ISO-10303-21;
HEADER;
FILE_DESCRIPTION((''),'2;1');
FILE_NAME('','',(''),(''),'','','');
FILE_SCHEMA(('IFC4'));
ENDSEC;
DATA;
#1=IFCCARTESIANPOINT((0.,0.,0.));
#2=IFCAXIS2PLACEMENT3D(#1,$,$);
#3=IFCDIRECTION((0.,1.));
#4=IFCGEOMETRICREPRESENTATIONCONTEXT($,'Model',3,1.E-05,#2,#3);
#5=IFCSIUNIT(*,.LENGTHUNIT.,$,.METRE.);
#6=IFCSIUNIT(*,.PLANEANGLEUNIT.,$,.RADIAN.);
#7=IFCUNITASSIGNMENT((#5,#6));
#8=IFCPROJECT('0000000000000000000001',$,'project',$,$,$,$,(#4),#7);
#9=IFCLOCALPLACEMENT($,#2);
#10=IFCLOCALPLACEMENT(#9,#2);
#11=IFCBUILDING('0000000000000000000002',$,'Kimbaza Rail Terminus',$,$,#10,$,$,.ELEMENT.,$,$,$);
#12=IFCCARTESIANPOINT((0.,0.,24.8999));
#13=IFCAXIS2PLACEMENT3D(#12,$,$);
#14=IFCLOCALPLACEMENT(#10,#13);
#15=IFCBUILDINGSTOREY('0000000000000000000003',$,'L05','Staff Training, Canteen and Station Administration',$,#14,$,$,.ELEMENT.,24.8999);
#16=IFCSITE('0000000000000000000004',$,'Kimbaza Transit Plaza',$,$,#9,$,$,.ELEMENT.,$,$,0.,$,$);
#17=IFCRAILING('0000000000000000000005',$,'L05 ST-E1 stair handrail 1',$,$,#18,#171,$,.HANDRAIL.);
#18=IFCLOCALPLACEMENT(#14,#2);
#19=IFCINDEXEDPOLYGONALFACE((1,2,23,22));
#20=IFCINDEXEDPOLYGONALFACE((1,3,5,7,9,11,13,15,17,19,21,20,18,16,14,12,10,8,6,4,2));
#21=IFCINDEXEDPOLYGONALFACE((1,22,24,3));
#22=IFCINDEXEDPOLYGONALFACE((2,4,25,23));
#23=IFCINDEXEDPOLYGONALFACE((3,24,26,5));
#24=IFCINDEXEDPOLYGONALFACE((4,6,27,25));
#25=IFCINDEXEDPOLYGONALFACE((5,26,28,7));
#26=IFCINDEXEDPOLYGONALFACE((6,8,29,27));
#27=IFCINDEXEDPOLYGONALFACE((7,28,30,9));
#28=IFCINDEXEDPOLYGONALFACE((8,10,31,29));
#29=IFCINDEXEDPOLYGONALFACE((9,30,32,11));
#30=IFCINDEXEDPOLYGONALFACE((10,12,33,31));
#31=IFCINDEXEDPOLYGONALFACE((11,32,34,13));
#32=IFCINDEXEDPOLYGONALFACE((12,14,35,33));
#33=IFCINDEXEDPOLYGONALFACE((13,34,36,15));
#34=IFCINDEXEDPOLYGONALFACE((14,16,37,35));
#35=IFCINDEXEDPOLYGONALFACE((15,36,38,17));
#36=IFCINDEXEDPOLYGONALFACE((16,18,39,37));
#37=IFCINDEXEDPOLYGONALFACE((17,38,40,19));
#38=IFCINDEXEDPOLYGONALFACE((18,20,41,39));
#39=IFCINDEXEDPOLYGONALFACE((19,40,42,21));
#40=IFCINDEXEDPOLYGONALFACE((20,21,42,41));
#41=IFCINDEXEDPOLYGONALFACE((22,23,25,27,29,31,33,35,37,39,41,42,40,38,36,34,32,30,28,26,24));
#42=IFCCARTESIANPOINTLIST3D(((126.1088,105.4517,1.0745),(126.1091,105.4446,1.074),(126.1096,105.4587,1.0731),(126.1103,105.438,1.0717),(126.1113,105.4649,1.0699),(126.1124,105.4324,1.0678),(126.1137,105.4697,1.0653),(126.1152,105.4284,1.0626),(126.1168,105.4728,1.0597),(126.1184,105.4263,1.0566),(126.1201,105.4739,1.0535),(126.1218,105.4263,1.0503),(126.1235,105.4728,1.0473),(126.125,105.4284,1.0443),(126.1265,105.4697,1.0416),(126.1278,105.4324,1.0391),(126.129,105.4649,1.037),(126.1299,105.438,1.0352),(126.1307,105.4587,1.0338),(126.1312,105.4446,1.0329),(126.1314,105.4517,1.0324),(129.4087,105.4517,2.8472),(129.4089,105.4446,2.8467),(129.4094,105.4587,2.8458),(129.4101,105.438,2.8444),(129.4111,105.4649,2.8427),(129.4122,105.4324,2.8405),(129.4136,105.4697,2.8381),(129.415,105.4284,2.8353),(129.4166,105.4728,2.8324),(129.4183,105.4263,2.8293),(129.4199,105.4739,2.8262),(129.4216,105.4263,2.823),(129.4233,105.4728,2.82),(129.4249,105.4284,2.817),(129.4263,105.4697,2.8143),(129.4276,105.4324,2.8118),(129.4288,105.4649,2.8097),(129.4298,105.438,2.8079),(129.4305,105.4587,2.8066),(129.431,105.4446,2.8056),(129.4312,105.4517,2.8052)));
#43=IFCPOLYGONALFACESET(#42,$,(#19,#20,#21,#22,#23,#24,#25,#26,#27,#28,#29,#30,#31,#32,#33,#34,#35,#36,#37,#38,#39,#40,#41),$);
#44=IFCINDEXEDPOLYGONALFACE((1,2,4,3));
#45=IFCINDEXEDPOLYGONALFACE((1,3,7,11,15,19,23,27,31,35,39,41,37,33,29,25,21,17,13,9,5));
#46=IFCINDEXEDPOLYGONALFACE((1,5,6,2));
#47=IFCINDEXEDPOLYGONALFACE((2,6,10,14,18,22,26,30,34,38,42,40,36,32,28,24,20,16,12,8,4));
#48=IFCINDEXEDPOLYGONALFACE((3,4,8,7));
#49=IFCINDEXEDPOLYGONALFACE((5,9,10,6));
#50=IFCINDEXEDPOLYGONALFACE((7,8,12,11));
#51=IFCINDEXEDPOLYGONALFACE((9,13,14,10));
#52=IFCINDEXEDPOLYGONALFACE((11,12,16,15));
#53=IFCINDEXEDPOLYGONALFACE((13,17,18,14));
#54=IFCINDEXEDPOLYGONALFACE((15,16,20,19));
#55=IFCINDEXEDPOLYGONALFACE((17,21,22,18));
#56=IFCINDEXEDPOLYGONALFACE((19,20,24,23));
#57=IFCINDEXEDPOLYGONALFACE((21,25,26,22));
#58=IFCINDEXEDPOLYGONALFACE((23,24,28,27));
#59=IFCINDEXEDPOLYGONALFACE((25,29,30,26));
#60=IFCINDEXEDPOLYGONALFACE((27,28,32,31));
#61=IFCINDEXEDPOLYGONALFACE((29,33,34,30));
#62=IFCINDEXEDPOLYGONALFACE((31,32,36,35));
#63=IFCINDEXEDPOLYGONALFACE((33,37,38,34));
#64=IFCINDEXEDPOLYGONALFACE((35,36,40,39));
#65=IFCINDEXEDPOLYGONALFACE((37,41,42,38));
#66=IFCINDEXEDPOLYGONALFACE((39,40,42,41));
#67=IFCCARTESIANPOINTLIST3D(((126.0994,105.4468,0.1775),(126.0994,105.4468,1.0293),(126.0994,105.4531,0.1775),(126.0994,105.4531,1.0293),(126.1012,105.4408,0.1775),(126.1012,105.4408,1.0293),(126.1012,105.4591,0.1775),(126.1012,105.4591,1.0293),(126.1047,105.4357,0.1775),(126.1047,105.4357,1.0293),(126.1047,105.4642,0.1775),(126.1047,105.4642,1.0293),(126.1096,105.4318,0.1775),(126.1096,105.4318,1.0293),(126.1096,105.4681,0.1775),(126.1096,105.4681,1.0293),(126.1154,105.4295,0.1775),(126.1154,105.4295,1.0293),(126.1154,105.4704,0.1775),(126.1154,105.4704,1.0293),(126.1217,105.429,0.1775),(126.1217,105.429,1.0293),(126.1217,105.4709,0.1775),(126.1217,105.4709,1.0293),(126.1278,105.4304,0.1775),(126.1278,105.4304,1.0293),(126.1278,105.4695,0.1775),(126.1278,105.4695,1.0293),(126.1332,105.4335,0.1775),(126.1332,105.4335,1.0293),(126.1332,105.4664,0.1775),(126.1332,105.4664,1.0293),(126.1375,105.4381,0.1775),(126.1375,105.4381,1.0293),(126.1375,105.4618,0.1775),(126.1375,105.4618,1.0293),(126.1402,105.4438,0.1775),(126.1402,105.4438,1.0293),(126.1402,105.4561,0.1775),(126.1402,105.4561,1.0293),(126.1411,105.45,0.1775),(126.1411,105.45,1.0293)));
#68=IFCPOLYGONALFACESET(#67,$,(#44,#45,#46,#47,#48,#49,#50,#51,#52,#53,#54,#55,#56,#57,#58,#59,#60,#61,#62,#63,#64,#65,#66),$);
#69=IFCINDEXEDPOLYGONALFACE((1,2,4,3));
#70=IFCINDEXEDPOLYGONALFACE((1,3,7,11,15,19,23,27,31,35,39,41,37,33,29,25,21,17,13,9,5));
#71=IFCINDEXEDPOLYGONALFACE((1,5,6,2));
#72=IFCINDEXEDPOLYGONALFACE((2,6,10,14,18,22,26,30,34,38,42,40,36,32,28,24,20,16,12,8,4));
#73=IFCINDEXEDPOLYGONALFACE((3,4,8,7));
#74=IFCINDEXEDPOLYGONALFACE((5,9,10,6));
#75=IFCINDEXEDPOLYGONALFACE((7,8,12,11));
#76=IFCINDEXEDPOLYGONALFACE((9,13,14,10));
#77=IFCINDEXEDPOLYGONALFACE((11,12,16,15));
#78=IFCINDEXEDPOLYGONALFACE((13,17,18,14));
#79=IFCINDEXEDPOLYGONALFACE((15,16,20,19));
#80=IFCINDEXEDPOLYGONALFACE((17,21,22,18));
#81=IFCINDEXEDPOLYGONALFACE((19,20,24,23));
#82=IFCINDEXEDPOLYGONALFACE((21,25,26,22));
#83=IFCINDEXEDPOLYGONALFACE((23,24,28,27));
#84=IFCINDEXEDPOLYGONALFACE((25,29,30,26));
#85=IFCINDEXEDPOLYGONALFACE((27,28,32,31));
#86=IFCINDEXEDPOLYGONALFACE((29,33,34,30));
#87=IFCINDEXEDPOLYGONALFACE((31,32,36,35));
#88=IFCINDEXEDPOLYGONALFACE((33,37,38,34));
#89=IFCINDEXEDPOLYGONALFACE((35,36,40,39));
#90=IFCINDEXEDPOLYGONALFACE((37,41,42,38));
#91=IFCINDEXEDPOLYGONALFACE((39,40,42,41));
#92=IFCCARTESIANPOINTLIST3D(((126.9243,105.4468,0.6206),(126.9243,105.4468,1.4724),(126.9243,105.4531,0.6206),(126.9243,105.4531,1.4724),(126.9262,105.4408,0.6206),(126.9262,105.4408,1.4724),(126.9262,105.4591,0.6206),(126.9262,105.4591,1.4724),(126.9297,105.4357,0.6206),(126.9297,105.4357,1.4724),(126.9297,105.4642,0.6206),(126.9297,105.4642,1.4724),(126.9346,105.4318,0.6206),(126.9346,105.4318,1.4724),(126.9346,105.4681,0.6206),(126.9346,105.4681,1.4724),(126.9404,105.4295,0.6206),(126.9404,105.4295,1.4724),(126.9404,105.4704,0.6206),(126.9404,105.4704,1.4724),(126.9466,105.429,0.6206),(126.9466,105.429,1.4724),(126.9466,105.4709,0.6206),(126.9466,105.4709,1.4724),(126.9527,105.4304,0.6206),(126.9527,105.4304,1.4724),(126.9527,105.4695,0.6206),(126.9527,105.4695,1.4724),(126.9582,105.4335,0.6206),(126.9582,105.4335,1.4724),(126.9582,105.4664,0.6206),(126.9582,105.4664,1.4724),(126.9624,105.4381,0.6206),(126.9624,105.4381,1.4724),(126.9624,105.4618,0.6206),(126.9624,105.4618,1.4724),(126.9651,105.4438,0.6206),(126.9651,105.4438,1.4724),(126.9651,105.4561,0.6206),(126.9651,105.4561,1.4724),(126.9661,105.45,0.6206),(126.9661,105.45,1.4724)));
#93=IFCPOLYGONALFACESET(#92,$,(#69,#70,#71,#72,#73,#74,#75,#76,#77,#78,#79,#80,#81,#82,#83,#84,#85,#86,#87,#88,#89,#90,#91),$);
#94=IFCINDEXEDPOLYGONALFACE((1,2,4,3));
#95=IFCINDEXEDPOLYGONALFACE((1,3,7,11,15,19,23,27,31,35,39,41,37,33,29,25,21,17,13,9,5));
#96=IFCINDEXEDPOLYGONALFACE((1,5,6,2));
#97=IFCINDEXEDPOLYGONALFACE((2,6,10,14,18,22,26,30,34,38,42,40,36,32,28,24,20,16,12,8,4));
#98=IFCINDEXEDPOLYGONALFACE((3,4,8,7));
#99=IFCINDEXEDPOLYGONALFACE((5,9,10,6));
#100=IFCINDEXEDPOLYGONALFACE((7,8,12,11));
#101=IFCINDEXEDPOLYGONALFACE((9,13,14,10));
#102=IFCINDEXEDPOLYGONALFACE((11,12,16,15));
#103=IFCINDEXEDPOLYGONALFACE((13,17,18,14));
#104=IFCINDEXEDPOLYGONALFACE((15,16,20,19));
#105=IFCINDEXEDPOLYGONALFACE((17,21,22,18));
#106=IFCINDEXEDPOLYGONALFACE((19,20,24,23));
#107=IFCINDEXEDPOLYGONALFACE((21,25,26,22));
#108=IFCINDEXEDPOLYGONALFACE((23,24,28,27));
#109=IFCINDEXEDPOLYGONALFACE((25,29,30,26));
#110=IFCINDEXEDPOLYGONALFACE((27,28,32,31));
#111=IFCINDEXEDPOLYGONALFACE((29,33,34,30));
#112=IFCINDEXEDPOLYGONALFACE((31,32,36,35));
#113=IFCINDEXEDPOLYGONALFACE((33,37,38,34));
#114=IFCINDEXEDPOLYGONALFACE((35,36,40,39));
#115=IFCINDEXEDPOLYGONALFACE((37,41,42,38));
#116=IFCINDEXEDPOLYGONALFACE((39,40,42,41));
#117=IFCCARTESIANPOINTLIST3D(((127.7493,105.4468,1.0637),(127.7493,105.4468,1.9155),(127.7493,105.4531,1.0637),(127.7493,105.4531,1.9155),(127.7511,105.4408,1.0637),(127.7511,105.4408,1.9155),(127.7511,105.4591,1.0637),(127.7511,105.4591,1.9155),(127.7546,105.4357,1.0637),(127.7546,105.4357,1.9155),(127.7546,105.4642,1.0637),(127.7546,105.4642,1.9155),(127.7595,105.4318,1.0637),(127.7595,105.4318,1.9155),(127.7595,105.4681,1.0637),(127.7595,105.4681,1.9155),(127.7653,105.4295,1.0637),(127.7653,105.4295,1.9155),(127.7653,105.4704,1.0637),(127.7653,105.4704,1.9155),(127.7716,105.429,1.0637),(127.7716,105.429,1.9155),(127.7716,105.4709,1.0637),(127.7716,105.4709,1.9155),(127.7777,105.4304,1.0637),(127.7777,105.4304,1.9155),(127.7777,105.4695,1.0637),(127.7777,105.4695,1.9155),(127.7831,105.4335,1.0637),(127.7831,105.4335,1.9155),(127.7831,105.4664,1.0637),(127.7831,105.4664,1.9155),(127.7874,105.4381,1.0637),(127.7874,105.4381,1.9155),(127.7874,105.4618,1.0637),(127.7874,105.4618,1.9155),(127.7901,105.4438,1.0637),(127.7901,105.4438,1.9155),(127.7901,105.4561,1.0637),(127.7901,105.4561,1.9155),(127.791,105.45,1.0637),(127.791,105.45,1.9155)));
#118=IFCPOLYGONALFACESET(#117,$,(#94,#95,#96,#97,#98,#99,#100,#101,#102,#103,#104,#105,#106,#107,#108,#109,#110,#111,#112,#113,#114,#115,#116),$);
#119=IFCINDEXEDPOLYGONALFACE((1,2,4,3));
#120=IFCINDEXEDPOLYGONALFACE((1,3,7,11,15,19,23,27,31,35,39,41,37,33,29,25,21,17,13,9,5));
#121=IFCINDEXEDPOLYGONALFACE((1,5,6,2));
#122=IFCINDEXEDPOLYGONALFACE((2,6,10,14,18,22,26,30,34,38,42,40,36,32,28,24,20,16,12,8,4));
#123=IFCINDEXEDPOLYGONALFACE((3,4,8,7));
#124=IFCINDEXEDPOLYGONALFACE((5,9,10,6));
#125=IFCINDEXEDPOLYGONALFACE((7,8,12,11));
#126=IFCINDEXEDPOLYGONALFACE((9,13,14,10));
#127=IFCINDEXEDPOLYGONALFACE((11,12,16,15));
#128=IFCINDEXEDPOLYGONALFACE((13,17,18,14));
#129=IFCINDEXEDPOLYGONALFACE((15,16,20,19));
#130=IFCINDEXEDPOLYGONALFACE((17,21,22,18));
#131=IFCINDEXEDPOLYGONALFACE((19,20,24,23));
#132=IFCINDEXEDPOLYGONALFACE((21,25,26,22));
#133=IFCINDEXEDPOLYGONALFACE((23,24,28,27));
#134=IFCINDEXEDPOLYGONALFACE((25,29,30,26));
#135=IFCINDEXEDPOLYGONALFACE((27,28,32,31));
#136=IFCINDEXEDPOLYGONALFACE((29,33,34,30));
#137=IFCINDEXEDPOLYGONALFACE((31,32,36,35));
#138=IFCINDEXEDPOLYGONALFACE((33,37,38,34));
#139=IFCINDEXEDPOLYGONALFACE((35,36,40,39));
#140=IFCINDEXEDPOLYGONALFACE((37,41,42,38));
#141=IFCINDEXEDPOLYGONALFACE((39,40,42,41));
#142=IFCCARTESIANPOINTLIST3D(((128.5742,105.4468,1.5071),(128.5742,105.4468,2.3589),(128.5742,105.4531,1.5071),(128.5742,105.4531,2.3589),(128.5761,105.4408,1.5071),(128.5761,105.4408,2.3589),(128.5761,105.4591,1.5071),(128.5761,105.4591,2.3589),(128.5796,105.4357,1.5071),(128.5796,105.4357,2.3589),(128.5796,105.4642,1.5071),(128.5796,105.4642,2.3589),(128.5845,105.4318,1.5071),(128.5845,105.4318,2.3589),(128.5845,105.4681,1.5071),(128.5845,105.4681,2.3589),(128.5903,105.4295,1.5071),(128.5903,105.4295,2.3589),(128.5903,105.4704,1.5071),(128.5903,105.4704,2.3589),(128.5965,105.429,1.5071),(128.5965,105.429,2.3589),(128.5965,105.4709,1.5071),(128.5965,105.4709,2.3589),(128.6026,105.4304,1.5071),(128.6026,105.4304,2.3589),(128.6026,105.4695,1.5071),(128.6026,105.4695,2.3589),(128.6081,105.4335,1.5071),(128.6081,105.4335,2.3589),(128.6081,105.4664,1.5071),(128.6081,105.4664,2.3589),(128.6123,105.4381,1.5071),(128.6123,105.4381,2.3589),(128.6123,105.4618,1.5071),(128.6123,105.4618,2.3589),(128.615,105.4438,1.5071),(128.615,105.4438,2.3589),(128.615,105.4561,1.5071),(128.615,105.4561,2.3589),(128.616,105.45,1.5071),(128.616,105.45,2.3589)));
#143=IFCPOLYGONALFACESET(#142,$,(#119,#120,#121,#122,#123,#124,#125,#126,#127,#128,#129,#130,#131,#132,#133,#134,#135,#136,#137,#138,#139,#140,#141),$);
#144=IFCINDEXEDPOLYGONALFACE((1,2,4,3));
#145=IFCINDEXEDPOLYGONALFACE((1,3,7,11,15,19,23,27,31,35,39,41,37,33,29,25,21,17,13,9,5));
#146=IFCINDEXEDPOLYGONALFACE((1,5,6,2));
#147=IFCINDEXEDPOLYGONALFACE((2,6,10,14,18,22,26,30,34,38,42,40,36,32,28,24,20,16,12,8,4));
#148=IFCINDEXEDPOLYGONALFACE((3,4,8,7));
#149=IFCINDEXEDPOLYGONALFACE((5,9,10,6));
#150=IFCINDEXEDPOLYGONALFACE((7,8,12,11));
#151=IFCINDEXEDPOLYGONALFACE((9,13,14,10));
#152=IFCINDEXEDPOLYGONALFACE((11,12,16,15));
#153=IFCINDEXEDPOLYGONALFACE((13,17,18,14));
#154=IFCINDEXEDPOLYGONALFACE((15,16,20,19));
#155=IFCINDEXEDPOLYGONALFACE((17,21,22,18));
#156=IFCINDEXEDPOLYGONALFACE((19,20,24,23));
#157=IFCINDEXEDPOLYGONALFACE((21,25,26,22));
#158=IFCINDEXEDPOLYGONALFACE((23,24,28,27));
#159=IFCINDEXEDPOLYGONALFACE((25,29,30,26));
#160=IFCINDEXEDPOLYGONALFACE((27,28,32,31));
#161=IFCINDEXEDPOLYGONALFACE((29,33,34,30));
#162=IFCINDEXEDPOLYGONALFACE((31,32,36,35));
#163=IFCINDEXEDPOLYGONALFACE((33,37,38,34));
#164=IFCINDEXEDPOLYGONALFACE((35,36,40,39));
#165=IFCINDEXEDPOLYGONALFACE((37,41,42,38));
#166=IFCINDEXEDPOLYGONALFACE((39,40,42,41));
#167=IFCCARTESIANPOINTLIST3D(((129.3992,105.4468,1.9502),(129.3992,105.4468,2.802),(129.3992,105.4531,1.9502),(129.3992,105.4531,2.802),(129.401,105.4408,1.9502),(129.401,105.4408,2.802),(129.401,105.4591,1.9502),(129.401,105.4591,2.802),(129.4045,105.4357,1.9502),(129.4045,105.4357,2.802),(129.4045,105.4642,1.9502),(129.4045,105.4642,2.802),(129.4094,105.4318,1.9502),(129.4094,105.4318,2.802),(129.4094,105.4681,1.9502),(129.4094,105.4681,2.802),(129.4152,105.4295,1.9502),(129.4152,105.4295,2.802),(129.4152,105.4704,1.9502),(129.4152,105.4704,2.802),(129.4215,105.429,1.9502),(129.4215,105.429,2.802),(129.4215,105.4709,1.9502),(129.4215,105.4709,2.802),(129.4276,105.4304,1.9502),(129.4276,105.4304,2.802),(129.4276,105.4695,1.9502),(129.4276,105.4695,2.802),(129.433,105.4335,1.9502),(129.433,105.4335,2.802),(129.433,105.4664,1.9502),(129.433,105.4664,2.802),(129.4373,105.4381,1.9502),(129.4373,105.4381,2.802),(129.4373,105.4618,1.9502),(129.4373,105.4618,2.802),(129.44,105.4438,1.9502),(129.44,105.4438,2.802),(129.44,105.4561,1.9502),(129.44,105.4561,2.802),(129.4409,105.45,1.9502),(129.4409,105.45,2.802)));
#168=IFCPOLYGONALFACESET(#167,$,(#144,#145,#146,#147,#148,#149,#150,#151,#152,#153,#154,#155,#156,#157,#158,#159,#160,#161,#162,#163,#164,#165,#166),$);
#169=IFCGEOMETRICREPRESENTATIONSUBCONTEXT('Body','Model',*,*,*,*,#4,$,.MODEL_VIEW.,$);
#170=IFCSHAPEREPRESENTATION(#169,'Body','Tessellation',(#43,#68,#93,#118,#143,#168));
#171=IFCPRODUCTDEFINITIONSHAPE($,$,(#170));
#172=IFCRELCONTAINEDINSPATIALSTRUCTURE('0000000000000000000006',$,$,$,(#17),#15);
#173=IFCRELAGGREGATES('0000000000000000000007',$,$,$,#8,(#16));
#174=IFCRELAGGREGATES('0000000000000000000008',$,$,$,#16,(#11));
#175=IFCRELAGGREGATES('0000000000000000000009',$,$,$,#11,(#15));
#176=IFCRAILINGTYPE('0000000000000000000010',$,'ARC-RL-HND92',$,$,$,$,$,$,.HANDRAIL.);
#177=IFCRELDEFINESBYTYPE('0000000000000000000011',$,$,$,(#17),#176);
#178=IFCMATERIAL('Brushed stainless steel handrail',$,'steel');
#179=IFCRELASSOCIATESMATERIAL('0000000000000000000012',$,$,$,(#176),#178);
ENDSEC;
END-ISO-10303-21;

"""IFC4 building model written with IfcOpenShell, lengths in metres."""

from ifc_helpers import new_model, si_unit, direction, frame, origin, origin_2d, place, context, subcontext, project, spatial, circle, extrude, material, type_object, element, save


model = new_model("IFC4")

# Units and contexts
model_context = context("Model", 3, precision=1e-05, world=origin(), true_north=direction((0.0, 1.0)))
body_context = subcontext(model_context, "Body", "Model", "MODEL_VIEW")
ifc_project = project(units=[si_unit("LENGTHUNIT", "METRE"), si_unit("PLANEANGLEUNIT", "RADIAN")], contexts=[model_context])

# Site, building, storey
site_placement = place(None, origin())
site = spatial("IfcSite", under=ifc_project, at=site_placement, Name="Kimbaza Transit Plaza", CompositionType="ELEMENT", RefElevation=0.0)
building_placement = place(site_placement, origin())
building = spatial("IfcBuilding", under=site, at=building_placement, Name="Kimbaza Rail Terminus", CompositionType="ELEMENT")
storey_placement = place(building_placement, frame((0.0, 0.0, 24.8999)))
storey = spatial("IfcBuildingStorey", under=building, at=storey_placement, Name="L05", Description="Staff Training, Canteen and Station Administration", CompositionType="ELEMENT", Elevation=24.8999)

# Railing
ifc_material_1 = material(Name="Brushed stainless steel handrail", Category="steel")
railing_type_1 = type_object("IfcRailingType", Name="ARC-RL-HND92", PredefinedType="HANDRAIL", material=ifc_material_1)
railing_1_placement = place(storey_placement, frame((126.1201, 105.45, 0.1775)))
element("IfcRailing", 1, at=railing_1_placement, inside=storey, type_object=railing_type_1, Name="L05 ST-E1 stair handrail 1", PredefinedType="HANDRAIL", context=body_context, shape_type="SweptSolid", body=[
    extrude(circle(Radius=0.0239, at=origin_2d()), frame((0.0, 0.0, 0.876), z_axis=(0.880929, 0.0, 0.473248), x_axis=(0.0, 1.0, 0.0)), (0.0, 0.0, 1.0), 3.7458),
    extrude(circle(Radius=0.021, at=origin_2d()), origin(), (0.0, 0.0, 1.0), 0.8518),
    extrude(circle(Radius=0.021, at=origin_2d()), frame((0.825, 0.0, 0.4431)), (0.0, 0.0, 1.0), 0.8518),
    extrude(circle(Radius=0.021, at=origin_2d()), frame((1.6499, 0.0, 0.8862)), (0.0, 0.0, 1.0), 0.8518),
    extrude(circle(Radius=0.021, at=origin_2d()), frame((2.4749, 0.0, 1.3296)), (0.0, 0.0, 1.0), 0.8518),
    extrude(circle(Radius=0.021, at=origin_2d()), frame((3.2998, 0.0, 1.7727)), (0.0, 0.0, 1.0), 0.8518),
])

save(model, "model.ifc")
